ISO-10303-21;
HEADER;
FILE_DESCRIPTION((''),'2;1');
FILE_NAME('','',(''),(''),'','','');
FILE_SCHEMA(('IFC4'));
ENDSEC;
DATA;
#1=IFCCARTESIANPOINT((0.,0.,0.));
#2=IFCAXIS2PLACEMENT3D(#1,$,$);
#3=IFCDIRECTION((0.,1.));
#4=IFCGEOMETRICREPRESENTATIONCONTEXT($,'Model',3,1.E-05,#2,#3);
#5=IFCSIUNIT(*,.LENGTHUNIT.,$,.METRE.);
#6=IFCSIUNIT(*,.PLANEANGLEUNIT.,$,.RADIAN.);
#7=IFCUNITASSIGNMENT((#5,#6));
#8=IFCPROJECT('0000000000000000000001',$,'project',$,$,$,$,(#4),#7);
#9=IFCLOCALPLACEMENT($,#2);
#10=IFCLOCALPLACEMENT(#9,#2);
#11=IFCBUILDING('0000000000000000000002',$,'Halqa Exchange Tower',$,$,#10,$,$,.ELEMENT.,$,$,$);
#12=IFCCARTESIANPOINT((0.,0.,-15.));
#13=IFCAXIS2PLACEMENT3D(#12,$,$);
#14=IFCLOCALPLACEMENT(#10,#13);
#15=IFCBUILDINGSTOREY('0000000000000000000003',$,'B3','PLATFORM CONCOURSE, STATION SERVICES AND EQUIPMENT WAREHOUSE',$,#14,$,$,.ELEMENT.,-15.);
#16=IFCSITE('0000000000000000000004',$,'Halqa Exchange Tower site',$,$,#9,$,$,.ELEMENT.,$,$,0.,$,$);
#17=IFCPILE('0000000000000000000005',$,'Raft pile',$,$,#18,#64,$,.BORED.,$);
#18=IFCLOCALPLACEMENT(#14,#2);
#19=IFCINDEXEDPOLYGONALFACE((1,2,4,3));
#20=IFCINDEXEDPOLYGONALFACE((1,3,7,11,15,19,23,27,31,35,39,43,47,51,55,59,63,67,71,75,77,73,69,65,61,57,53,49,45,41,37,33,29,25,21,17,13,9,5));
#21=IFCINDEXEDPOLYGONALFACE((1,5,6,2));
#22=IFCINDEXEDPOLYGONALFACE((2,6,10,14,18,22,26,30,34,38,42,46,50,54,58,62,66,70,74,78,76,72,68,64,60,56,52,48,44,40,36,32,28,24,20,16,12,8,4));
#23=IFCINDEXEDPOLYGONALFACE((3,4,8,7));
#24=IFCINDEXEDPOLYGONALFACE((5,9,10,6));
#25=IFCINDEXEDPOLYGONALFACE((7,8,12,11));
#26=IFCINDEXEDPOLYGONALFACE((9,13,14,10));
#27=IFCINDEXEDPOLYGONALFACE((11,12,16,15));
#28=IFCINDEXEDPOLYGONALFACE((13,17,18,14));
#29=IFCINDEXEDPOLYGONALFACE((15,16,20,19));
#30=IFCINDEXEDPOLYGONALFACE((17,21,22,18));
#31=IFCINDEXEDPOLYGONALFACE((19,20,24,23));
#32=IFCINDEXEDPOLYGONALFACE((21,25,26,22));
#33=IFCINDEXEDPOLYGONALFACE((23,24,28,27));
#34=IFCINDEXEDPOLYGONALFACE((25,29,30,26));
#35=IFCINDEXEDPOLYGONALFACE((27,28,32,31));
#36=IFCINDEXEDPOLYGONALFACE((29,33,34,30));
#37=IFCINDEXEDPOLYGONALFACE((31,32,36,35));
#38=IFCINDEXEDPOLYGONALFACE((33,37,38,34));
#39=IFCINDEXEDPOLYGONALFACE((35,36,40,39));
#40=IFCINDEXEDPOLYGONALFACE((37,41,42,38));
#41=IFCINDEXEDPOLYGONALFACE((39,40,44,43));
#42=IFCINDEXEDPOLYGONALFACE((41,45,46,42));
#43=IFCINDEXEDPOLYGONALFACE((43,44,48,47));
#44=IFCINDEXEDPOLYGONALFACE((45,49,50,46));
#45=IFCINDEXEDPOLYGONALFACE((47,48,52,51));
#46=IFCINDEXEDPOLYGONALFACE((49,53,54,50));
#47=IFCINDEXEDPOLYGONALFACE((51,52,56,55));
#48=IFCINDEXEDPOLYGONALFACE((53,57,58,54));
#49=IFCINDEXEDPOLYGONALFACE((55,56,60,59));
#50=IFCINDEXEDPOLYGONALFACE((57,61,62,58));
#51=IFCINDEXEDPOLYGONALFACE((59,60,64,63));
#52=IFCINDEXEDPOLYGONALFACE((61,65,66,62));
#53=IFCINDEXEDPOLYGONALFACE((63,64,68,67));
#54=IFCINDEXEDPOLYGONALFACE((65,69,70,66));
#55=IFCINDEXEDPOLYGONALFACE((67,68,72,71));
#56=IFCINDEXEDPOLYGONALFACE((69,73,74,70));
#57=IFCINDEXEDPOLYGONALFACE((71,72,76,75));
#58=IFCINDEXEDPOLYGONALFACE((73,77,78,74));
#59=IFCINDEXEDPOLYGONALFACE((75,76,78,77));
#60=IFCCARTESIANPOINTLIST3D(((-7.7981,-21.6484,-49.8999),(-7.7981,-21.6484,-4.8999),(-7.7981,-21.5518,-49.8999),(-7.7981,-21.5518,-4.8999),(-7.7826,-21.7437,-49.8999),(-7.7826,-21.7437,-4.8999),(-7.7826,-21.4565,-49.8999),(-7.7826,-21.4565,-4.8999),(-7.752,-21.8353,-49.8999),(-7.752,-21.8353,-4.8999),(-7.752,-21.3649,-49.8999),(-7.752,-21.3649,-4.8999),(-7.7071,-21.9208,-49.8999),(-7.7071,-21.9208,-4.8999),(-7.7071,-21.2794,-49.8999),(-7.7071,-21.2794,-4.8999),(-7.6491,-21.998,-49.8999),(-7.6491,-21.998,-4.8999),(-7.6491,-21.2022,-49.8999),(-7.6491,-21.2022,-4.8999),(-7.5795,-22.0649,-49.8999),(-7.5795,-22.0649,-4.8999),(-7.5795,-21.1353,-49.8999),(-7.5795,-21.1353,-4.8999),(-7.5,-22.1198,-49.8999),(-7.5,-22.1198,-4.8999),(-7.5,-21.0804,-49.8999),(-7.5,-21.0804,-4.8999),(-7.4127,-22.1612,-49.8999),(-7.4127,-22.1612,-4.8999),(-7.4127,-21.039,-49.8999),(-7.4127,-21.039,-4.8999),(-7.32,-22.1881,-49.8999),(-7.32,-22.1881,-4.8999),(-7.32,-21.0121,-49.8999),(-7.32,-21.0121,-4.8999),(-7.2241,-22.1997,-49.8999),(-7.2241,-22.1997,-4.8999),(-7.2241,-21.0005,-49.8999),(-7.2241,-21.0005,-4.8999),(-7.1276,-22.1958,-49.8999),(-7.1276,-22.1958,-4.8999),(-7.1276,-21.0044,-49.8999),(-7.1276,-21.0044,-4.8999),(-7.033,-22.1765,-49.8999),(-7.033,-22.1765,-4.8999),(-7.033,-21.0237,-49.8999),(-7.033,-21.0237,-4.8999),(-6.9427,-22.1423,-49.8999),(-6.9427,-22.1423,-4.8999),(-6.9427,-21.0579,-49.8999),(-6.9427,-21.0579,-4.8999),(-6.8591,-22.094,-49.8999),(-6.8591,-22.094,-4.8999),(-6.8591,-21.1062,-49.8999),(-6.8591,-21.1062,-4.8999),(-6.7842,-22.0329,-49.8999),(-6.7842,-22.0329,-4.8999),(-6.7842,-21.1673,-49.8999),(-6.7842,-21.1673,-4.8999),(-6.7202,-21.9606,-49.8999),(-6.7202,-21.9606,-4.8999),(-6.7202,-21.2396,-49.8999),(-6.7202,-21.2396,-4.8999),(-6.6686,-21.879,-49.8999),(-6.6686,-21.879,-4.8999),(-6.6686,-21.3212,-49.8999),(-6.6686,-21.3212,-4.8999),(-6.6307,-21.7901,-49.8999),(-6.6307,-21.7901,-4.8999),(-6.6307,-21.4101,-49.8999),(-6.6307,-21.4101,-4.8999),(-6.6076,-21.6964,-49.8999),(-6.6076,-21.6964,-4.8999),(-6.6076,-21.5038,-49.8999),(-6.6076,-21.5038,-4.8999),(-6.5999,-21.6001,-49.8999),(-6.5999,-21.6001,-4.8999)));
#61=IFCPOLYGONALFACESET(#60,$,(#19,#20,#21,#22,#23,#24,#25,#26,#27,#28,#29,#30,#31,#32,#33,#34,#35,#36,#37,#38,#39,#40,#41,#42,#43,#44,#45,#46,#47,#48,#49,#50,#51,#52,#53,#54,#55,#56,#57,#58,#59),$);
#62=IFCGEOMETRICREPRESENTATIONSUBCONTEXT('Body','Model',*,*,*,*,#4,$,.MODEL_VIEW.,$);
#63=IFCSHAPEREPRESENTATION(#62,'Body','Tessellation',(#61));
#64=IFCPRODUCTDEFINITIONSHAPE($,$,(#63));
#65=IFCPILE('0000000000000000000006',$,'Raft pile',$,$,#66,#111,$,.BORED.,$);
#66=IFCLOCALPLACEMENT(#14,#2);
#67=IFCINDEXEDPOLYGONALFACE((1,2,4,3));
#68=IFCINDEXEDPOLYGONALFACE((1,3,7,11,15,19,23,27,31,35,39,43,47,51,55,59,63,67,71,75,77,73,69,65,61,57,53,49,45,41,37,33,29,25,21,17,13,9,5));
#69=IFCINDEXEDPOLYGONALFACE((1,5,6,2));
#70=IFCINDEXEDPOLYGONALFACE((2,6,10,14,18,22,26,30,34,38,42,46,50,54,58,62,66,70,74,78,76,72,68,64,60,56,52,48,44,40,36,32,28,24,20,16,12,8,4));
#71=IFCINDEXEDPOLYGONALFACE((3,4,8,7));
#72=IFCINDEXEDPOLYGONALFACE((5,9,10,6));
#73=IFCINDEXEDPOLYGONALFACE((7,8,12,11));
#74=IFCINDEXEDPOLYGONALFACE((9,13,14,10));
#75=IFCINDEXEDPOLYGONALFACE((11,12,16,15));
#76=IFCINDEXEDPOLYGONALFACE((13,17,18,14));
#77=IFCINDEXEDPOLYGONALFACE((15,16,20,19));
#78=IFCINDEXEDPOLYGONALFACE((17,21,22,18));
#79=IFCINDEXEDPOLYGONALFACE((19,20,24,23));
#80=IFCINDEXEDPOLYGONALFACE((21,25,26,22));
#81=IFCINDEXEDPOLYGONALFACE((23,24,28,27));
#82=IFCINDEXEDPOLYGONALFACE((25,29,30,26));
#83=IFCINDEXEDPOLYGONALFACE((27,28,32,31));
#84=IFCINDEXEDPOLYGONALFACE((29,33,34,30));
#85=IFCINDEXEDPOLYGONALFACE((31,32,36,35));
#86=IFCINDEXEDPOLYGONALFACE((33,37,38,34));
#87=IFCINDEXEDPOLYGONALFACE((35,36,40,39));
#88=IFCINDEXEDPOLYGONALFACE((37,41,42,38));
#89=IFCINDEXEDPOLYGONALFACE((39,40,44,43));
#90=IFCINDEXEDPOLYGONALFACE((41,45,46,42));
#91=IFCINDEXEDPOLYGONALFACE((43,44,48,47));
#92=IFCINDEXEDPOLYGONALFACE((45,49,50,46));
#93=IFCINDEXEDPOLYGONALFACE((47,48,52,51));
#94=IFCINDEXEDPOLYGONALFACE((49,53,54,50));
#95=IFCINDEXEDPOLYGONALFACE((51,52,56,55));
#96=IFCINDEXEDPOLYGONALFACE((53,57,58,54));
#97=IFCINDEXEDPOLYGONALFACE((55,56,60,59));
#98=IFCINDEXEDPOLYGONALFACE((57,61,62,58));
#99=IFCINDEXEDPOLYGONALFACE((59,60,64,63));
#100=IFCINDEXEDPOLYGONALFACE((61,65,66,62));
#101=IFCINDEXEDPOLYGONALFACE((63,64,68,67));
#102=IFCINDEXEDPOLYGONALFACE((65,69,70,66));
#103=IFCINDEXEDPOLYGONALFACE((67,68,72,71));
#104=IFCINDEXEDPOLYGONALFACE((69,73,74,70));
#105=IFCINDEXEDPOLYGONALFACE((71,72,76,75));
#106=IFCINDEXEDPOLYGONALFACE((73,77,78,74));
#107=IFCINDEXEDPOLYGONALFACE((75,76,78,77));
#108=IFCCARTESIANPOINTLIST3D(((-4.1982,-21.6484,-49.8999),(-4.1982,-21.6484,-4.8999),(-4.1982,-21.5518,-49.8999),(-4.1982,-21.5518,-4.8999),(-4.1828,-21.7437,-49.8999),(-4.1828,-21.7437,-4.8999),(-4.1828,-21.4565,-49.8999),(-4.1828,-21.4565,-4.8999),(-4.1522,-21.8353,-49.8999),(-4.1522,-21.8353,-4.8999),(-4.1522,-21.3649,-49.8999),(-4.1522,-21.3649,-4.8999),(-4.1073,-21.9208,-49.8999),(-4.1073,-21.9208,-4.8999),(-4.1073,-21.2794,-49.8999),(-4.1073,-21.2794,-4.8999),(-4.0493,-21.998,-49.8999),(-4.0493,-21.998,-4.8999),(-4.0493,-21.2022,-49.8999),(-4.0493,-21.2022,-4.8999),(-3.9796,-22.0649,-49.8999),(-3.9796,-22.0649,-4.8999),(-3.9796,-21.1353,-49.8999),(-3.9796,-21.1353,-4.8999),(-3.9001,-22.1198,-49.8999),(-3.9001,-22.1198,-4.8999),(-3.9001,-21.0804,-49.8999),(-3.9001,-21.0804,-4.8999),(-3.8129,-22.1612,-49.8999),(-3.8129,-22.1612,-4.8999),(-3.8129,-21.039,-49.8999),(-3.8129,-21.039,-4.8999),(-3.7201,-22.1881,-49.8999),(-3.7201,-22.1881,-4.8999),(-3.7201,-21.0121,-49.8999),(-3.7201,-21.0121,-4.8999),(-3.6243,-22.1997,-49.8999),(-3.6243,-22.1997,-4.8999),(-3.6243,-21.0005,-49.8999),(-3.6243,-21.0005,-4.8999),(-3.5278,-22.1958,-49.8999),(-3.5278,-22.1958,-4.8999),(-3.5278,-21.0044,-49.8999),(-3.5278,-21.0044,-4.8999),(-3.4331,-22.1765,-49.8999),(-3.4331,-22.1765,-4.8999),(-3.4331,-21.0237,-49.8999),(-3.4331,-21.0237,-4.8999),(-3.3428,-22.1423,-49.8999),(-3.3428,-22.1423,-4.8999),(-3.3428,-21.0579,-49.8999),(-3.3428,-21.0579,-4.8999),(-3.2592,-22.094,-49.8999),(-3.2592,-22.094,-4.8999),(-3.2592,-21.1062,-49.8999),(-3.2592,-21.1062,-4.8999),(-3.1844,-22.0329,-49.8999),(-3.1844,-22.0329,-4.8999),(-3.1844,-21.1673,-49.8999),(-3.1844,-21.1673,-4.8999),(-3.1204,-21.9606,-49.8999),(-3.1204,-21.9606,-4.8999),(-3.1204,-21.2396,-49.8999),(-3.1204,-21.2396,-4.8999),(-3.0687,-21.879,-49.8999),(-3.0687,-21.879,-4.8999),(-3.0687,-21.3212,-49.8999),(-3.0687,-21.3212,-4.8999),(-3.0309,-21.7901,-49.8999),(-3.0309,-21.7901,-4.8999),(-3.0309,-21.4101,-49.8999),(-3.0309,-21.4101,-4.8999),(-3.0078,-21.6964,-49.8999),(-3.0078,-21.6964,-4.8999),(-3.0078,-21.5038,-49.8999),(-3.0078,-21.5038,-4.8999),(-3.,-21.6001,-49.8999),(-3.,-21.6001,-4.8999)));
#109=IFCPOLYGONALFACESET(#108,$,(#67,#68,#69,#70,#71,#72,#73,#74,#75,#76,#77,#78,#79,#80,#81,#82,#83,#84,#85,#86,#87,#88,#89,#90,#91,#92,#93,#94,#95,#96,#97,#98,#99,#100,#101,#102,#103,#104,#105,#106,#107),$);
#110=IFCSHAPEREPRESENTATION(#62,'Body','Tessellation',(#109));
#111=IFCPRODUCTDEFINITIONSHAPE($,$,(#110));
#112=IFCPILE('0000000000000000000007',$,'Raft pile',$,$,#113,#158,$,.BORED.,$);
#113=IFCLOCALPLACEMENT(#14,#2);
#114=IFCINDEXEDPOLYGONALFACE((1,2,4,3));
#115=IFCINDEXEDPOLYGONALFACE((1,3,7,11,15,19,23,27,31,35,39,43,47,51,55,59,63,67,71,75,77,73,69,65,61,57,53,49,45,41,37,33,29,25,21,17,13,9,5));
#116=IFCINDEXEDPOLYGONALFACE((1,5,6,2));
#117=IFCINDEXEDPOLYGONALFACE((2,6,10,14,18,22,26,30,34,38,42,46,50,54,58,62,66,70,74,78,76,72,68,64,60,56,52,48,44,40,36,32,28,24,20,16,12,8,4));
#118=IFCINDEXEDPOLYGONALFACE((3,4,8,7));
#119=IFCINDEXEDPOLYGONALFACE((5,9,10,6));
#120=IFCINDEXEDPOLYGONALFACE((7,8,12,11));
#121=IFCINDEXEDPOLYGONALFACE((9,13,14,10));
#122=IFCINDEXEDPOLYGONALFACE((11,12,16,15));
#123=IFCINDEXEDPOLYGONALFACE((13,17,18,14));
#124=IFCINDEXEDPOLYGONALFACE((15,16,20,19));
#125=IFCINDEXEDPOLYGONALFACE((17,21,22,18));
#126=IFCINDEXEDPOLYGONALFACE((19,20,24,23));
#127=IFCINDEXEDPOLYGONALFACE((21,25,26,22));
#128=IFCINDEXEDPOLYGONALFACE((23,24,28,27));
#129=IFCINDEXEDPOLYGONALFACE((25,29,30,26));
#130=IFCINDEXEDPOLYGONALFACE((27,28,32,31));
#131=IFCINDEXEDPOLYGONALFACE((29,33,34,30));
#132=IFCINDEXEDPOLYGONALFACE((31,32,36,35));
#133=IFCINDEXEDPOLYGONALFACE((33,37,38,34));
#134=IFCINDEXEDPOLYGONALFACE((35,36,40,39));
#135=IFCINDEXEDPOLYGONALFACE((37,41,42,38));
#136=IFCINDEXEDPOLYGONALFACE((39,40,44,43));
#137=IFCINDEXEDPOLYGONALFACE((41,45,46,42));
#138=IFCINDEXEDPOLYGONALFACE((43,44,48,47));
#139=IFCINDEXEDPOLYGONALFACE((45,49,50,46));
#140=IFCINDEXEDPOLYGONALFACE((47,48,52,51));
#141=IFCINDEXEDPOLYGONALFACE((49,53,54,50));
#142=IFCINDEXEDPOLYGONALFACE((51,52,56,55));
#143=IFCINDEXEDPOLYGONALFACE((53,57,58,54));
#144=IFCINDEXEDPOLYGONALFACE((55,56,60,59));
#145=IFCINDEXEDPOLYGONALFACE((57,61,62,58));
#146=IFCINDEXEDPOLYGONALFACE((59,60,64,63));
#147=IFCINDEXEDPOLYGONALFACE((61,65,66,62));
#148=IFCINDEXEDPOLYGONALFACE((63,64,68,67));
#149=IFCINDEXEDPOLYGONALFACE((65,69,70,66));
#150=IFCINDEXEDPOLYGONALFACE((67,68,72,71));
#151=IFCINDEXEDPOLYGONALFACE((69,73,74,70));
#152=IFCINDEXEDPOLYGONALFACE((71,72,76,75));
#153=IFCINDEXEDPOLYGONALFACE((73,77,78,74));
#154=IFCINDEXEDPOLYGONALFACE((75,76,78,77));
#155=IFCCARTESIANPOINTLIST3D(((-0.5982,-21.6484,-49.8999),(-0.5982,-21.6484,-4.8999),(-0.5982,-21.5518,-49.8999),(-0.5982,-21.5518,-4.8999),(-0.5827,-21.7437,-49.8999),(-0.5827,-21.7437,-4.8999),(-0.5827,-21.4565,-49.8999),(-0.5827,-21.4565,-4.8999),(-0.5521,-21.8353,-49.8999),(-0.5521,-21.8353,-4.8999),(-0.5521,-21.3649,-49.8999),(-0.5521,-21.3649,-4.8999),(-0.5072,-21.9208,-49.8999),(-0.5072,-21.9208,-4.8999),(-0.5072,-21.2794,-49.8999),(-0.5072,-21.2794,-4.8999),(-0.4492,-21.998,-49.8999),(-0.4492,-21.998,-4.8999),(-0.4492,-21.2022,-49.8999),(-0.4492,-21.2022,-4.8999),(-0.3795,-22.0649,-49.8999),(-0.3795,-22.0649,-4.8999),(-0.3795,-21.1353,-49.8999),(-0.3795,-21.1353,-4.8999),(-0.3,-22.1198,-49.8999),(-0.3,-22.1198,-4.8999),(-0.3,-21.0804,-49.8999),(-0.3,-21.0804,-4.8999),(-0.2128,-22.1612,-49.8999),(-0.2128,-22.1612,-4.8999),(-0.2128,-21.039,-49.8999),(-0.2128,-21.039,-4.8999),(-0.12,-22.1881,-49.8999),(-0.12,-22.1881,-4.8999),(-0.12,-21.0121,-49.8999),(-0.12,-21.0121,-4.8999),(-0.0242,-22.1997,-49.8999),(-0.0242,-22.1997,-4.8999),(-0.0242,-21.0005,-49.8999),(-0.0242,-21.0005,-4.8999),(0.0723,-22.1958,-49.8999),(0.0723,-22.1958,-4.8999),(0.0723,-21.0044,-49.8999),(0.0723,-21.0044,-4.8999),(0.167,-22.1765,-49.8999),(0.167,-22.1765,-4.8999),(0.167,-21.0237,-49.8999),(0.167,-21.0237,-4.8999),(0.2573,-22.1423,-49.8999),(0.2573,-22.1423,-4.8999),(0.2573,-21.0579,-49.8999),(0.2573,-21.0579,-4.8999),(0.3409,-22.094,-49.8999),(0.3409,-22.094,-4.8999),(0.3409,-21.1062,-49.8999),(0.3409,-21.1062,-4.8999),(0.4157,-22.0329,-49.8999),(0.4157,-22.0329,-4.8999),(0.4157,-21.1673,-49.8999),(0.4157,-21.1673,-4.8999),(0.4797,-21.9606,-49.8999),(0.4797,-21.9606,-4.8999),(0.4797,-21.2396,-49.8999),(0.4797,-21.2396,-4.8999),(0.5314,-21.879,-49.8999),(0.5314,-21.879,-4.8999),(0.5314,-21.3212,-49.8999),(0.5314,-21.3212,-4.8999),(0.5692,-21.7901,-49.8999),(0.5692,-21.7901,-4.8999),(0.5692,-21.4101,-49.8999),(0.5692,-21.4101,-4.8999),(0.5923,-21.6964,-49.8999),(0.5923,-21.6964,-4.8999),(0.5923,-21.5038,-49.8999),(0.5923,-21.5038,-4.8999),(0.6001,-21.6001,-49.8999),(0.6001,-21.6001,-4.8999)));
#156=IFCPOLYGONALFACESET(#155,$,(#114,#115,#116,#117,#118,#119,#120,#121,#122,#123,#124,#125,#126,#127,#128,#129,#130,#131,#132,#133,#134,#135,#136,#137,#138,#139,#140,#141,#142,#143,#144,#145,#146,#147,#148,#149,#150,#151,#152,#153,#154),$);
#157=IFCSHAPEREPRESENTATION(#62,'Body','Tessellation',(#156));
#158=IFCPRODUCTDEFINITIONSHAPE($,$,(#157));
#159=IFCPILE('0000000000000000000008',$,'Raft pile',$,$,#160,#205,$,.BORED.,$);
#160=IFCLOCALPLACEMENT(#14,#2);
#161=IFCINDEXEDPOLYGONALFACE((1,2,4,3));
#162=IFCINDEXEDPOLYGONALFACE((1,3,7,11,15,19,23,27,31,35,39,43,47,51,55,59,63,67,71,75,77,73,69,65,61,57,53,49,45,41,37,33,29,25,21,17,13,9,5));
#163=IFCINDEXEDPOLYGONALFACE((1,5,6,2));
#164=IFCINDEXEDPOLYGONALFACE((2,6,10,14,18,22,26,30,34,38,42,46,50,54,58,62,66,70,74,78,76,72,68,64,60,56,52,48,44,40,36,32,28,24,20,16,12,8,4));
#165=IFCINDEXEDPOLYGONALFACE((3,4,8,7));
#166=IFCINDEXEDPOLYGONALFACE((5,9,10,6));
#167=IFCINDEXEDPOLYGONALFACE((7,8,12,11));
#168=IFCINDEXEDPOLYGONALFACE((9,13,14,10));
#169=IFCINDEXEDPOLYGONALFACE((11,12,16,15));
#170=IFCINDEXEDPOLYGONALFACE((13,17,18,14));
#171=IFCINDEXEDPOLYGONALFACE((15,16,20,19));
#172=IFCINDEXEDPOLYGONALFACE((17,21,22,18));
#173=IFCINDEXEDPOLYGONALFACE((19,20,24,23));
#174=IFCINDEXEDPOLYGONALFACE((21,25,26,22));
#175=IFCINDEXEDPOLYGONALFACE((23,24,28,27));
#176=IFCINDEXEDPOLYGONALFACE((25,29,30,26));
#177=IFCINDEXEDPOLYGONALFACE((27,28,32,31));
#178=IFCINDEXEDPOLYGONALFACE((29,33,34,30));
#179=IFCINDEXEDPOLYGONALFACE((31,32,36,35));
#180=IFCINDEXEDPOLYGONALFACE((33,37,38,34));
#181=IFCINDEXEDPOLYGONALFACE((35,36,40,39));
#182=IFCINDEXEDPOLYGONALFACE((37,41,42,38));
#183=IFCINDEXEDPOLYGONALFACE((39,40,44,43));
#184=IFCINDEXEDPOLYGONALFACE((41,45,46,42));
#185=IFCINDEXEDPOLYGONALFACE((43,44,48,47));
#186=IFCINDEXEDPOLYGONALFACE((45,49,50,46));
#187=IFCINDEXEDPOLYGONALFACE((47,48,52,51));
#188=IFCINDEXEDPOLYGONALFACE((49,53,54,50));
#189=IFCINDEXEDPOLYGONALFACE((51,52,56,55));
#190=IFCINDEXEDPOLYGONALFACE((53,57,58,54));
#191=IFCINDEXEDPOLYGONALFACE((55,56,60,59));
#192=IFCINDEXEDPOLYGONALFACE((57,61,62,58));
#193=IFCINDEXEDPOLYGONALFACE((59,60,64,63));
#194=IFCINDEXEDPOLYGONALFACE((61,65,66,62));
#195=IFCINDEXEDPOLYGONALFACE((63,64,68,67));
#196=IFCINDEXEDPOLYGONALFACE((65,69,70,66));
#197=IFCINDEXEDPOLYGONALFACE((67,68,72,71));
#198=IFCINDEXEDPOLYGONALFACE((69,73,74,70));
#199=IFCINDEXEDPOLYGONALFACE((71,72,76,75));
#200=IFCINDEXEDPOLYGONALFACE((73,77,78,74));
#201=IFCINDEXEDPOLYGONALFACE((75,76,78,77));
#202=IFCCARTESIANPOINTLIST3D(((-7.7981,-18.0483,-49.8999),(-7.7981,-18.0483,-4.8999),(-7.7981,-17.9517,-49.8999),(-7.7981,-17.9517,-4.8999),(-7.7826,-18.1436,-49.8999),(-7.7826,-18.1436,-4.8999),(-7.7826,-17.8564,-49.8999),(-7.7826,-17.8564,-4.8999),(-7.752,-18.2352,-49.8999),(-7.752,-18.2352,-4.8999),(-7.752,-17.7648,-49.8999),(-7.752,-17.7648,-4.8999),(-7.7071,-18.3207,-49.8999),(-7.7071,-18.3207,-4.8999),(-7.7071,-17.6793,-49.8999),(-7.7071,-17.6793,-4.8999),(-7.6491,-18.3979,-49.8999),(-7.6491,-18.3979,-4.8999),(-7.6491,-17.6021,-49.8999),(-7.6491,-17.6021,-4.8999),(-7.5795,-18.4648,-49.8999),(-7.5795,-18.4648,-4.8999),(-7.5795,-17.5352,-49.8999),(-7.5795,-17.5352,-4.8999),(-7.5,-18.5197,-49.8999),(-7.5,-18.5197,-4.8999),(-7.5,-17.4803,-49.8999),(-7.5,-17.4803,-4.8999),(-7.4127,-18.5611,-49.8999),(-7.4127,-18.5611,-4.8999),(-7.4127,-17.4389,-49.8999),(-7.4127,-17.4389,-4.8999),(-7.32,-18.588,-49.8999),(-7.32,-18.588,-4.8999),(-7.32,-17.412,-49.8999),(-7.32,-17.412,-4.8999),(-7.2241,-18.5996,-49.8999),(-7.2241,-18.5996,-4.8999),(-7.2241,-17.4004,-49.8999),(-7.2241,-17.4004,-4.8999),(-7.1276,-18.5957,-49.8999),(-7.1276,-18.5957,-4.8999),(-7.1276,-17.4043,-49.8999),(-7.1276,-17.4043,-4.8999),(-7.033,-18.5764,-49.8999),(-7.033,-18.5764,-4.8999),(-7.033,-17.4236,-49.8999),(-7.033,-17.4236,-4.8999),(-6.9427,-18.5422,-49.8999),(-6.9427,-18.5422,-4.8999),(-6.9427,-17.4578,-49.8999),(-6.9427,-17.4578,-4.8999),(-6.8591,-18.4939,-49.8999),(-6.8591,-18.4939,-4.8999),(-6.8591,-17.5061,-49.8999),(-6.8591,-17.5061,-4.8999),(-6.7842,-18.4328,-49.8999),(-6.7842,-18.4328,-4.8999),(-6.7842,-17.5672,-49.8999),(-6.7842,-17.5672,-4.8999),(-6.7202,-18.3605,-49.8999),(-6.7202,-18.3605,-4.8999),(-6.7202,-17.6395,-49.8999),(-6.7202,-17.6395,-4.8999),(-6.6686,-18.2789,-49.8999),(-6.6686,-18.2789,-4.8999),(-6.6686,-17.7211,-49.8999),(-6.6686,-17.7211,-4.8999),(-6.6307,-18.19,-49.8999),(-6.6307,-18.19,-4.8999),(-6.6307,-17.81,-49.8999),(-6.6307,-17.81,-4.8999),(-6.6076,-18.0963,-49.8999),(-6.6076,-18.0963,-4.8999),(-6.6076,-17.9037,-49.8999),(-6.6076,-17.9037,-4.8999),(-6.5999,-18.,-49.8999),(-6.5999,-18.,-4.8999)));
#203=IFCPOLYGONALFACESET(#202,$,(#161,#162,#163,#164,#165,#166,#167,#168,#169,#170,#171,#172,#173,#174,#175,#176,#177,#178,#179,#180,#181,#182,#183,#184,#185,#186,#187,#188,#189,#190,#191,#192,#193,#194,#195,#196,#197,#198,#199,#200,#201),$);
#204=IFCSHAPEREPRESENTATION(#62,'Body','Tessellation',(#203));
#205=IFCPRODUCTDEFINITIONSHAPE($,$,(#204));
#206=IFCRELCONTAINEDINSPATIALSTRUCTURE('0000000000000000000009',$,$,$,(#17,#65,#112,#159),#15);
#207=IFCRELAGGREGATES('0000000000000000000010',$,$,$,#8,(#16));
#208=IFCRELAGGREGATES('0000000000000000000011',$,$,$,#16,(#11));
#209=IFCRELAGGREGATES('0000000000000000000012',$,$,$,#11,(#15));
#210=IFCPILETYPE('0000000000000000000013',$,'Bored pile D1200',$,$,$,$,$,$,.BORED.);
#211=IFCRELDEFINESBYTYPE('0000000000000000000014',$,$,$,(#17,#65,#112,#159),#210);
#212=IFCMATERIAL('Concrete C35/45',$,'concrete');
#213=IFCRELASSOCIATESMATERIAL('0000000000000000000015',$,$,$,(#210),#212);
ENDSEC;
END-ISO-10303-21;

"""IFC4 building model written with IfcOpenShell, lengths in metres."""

from ifc_helpers import new_model, si_unit, direction, frame, origin, origin_2d, place, context, subcontext, project, spatial, circle, extrude, material, material_profile, profile_set, type_object, element, save


model = new_model("IFC4")

# Units and contexts
model_context = context("Model", 3, precision=1e-05, world=origin(), true_north=direction((0.0, 1.0)))
body_context = subcontext(model_context, "Body", "Model", "MODEL_VIEW")
ifc_project = project(units=[si_unit("LENGTHUNIT", "METRE"), si_unit("PLANEANGLEUNIT", "RADIAN")], contexts=[model_context])

# Site, building, storey
site_placement = place(None, origin())
site = spatial("IfcSite", under=ifc_project, at=site_placement, Name="Halqa Exchange Tower site", CompositionType="ELEMENT", RefElevation=0.0)
building_placement = place(site_placement, origin())
building = spatial("IfcBuilding", under=site, at=building_placement, Name="Halqa Exchange Tower", CompositionType="ELEMENT")
storey_placement = place(building_placement, frame((0.0, 0.0, -15.0)))
storey = spatial("IfcBuildingStorey", under=building, at=storey_placement, Name="B3", Description="PLATFORM CONCOURSE, STATION SERVICES AND EQUIPMENT WAREHOUSE", CompositionType="ELEMENT", Elevation=-15.0)

# Piles
ifc_material_1 = material(Name="Concrete C35/45", Category="concrete")
ifc_material_profile_1 = material_profile(ifc_material_1, circle(Radius=0.6001, at=origin_2d()), Name="D1200")
ifc_profile_set_1 = profile_set([ifc_material_profile_1], Name="Concrete C35/45")
pile_type_1 = type_object("IfcPileType", Name="Bored pile D1200", PredefinedType="BORED", material=ifc_profile_set_1)
for number, where, z_axis, x_axis, name in (
    (1, (-7.2, -21.6001, -4.8999), (0.0, 0.0, -1.0), (1.0, 0.0, 0.0), "Raft pile"),
    (2, (-3.6001, -21.6001, -4.8999), (0.0, 0.0, -1.0), (1.0, 0.0, 0.0), "Raft pile"),
    (3, (0.0, -21.6001, -4.8999), (0.0, 0.0, -1.0), (1.0, 0.0, 0.0), "Raft pile"),
    (4, (-7.2, -18.0, -4.8999), (0.0, 0.0, -1.0), (1.0, 0.0, 0.0), "Raft pile"),
):
    element("IfcPile", number, at=place(storey_placement, frame(where, z_axis=z_axis, x_axis=x_axis)), inside=storey, type_object=pile_type_1, Name=name, PredefinedType="BORED", context=body_context, shape_type="SweptSolid", body=[
        extrude(circle(Radius=0.6001, at=origin_2d()), origin(), (0.0, 0.0, 1.0), 45.0),
    ])

save(model, "model.ifc")
